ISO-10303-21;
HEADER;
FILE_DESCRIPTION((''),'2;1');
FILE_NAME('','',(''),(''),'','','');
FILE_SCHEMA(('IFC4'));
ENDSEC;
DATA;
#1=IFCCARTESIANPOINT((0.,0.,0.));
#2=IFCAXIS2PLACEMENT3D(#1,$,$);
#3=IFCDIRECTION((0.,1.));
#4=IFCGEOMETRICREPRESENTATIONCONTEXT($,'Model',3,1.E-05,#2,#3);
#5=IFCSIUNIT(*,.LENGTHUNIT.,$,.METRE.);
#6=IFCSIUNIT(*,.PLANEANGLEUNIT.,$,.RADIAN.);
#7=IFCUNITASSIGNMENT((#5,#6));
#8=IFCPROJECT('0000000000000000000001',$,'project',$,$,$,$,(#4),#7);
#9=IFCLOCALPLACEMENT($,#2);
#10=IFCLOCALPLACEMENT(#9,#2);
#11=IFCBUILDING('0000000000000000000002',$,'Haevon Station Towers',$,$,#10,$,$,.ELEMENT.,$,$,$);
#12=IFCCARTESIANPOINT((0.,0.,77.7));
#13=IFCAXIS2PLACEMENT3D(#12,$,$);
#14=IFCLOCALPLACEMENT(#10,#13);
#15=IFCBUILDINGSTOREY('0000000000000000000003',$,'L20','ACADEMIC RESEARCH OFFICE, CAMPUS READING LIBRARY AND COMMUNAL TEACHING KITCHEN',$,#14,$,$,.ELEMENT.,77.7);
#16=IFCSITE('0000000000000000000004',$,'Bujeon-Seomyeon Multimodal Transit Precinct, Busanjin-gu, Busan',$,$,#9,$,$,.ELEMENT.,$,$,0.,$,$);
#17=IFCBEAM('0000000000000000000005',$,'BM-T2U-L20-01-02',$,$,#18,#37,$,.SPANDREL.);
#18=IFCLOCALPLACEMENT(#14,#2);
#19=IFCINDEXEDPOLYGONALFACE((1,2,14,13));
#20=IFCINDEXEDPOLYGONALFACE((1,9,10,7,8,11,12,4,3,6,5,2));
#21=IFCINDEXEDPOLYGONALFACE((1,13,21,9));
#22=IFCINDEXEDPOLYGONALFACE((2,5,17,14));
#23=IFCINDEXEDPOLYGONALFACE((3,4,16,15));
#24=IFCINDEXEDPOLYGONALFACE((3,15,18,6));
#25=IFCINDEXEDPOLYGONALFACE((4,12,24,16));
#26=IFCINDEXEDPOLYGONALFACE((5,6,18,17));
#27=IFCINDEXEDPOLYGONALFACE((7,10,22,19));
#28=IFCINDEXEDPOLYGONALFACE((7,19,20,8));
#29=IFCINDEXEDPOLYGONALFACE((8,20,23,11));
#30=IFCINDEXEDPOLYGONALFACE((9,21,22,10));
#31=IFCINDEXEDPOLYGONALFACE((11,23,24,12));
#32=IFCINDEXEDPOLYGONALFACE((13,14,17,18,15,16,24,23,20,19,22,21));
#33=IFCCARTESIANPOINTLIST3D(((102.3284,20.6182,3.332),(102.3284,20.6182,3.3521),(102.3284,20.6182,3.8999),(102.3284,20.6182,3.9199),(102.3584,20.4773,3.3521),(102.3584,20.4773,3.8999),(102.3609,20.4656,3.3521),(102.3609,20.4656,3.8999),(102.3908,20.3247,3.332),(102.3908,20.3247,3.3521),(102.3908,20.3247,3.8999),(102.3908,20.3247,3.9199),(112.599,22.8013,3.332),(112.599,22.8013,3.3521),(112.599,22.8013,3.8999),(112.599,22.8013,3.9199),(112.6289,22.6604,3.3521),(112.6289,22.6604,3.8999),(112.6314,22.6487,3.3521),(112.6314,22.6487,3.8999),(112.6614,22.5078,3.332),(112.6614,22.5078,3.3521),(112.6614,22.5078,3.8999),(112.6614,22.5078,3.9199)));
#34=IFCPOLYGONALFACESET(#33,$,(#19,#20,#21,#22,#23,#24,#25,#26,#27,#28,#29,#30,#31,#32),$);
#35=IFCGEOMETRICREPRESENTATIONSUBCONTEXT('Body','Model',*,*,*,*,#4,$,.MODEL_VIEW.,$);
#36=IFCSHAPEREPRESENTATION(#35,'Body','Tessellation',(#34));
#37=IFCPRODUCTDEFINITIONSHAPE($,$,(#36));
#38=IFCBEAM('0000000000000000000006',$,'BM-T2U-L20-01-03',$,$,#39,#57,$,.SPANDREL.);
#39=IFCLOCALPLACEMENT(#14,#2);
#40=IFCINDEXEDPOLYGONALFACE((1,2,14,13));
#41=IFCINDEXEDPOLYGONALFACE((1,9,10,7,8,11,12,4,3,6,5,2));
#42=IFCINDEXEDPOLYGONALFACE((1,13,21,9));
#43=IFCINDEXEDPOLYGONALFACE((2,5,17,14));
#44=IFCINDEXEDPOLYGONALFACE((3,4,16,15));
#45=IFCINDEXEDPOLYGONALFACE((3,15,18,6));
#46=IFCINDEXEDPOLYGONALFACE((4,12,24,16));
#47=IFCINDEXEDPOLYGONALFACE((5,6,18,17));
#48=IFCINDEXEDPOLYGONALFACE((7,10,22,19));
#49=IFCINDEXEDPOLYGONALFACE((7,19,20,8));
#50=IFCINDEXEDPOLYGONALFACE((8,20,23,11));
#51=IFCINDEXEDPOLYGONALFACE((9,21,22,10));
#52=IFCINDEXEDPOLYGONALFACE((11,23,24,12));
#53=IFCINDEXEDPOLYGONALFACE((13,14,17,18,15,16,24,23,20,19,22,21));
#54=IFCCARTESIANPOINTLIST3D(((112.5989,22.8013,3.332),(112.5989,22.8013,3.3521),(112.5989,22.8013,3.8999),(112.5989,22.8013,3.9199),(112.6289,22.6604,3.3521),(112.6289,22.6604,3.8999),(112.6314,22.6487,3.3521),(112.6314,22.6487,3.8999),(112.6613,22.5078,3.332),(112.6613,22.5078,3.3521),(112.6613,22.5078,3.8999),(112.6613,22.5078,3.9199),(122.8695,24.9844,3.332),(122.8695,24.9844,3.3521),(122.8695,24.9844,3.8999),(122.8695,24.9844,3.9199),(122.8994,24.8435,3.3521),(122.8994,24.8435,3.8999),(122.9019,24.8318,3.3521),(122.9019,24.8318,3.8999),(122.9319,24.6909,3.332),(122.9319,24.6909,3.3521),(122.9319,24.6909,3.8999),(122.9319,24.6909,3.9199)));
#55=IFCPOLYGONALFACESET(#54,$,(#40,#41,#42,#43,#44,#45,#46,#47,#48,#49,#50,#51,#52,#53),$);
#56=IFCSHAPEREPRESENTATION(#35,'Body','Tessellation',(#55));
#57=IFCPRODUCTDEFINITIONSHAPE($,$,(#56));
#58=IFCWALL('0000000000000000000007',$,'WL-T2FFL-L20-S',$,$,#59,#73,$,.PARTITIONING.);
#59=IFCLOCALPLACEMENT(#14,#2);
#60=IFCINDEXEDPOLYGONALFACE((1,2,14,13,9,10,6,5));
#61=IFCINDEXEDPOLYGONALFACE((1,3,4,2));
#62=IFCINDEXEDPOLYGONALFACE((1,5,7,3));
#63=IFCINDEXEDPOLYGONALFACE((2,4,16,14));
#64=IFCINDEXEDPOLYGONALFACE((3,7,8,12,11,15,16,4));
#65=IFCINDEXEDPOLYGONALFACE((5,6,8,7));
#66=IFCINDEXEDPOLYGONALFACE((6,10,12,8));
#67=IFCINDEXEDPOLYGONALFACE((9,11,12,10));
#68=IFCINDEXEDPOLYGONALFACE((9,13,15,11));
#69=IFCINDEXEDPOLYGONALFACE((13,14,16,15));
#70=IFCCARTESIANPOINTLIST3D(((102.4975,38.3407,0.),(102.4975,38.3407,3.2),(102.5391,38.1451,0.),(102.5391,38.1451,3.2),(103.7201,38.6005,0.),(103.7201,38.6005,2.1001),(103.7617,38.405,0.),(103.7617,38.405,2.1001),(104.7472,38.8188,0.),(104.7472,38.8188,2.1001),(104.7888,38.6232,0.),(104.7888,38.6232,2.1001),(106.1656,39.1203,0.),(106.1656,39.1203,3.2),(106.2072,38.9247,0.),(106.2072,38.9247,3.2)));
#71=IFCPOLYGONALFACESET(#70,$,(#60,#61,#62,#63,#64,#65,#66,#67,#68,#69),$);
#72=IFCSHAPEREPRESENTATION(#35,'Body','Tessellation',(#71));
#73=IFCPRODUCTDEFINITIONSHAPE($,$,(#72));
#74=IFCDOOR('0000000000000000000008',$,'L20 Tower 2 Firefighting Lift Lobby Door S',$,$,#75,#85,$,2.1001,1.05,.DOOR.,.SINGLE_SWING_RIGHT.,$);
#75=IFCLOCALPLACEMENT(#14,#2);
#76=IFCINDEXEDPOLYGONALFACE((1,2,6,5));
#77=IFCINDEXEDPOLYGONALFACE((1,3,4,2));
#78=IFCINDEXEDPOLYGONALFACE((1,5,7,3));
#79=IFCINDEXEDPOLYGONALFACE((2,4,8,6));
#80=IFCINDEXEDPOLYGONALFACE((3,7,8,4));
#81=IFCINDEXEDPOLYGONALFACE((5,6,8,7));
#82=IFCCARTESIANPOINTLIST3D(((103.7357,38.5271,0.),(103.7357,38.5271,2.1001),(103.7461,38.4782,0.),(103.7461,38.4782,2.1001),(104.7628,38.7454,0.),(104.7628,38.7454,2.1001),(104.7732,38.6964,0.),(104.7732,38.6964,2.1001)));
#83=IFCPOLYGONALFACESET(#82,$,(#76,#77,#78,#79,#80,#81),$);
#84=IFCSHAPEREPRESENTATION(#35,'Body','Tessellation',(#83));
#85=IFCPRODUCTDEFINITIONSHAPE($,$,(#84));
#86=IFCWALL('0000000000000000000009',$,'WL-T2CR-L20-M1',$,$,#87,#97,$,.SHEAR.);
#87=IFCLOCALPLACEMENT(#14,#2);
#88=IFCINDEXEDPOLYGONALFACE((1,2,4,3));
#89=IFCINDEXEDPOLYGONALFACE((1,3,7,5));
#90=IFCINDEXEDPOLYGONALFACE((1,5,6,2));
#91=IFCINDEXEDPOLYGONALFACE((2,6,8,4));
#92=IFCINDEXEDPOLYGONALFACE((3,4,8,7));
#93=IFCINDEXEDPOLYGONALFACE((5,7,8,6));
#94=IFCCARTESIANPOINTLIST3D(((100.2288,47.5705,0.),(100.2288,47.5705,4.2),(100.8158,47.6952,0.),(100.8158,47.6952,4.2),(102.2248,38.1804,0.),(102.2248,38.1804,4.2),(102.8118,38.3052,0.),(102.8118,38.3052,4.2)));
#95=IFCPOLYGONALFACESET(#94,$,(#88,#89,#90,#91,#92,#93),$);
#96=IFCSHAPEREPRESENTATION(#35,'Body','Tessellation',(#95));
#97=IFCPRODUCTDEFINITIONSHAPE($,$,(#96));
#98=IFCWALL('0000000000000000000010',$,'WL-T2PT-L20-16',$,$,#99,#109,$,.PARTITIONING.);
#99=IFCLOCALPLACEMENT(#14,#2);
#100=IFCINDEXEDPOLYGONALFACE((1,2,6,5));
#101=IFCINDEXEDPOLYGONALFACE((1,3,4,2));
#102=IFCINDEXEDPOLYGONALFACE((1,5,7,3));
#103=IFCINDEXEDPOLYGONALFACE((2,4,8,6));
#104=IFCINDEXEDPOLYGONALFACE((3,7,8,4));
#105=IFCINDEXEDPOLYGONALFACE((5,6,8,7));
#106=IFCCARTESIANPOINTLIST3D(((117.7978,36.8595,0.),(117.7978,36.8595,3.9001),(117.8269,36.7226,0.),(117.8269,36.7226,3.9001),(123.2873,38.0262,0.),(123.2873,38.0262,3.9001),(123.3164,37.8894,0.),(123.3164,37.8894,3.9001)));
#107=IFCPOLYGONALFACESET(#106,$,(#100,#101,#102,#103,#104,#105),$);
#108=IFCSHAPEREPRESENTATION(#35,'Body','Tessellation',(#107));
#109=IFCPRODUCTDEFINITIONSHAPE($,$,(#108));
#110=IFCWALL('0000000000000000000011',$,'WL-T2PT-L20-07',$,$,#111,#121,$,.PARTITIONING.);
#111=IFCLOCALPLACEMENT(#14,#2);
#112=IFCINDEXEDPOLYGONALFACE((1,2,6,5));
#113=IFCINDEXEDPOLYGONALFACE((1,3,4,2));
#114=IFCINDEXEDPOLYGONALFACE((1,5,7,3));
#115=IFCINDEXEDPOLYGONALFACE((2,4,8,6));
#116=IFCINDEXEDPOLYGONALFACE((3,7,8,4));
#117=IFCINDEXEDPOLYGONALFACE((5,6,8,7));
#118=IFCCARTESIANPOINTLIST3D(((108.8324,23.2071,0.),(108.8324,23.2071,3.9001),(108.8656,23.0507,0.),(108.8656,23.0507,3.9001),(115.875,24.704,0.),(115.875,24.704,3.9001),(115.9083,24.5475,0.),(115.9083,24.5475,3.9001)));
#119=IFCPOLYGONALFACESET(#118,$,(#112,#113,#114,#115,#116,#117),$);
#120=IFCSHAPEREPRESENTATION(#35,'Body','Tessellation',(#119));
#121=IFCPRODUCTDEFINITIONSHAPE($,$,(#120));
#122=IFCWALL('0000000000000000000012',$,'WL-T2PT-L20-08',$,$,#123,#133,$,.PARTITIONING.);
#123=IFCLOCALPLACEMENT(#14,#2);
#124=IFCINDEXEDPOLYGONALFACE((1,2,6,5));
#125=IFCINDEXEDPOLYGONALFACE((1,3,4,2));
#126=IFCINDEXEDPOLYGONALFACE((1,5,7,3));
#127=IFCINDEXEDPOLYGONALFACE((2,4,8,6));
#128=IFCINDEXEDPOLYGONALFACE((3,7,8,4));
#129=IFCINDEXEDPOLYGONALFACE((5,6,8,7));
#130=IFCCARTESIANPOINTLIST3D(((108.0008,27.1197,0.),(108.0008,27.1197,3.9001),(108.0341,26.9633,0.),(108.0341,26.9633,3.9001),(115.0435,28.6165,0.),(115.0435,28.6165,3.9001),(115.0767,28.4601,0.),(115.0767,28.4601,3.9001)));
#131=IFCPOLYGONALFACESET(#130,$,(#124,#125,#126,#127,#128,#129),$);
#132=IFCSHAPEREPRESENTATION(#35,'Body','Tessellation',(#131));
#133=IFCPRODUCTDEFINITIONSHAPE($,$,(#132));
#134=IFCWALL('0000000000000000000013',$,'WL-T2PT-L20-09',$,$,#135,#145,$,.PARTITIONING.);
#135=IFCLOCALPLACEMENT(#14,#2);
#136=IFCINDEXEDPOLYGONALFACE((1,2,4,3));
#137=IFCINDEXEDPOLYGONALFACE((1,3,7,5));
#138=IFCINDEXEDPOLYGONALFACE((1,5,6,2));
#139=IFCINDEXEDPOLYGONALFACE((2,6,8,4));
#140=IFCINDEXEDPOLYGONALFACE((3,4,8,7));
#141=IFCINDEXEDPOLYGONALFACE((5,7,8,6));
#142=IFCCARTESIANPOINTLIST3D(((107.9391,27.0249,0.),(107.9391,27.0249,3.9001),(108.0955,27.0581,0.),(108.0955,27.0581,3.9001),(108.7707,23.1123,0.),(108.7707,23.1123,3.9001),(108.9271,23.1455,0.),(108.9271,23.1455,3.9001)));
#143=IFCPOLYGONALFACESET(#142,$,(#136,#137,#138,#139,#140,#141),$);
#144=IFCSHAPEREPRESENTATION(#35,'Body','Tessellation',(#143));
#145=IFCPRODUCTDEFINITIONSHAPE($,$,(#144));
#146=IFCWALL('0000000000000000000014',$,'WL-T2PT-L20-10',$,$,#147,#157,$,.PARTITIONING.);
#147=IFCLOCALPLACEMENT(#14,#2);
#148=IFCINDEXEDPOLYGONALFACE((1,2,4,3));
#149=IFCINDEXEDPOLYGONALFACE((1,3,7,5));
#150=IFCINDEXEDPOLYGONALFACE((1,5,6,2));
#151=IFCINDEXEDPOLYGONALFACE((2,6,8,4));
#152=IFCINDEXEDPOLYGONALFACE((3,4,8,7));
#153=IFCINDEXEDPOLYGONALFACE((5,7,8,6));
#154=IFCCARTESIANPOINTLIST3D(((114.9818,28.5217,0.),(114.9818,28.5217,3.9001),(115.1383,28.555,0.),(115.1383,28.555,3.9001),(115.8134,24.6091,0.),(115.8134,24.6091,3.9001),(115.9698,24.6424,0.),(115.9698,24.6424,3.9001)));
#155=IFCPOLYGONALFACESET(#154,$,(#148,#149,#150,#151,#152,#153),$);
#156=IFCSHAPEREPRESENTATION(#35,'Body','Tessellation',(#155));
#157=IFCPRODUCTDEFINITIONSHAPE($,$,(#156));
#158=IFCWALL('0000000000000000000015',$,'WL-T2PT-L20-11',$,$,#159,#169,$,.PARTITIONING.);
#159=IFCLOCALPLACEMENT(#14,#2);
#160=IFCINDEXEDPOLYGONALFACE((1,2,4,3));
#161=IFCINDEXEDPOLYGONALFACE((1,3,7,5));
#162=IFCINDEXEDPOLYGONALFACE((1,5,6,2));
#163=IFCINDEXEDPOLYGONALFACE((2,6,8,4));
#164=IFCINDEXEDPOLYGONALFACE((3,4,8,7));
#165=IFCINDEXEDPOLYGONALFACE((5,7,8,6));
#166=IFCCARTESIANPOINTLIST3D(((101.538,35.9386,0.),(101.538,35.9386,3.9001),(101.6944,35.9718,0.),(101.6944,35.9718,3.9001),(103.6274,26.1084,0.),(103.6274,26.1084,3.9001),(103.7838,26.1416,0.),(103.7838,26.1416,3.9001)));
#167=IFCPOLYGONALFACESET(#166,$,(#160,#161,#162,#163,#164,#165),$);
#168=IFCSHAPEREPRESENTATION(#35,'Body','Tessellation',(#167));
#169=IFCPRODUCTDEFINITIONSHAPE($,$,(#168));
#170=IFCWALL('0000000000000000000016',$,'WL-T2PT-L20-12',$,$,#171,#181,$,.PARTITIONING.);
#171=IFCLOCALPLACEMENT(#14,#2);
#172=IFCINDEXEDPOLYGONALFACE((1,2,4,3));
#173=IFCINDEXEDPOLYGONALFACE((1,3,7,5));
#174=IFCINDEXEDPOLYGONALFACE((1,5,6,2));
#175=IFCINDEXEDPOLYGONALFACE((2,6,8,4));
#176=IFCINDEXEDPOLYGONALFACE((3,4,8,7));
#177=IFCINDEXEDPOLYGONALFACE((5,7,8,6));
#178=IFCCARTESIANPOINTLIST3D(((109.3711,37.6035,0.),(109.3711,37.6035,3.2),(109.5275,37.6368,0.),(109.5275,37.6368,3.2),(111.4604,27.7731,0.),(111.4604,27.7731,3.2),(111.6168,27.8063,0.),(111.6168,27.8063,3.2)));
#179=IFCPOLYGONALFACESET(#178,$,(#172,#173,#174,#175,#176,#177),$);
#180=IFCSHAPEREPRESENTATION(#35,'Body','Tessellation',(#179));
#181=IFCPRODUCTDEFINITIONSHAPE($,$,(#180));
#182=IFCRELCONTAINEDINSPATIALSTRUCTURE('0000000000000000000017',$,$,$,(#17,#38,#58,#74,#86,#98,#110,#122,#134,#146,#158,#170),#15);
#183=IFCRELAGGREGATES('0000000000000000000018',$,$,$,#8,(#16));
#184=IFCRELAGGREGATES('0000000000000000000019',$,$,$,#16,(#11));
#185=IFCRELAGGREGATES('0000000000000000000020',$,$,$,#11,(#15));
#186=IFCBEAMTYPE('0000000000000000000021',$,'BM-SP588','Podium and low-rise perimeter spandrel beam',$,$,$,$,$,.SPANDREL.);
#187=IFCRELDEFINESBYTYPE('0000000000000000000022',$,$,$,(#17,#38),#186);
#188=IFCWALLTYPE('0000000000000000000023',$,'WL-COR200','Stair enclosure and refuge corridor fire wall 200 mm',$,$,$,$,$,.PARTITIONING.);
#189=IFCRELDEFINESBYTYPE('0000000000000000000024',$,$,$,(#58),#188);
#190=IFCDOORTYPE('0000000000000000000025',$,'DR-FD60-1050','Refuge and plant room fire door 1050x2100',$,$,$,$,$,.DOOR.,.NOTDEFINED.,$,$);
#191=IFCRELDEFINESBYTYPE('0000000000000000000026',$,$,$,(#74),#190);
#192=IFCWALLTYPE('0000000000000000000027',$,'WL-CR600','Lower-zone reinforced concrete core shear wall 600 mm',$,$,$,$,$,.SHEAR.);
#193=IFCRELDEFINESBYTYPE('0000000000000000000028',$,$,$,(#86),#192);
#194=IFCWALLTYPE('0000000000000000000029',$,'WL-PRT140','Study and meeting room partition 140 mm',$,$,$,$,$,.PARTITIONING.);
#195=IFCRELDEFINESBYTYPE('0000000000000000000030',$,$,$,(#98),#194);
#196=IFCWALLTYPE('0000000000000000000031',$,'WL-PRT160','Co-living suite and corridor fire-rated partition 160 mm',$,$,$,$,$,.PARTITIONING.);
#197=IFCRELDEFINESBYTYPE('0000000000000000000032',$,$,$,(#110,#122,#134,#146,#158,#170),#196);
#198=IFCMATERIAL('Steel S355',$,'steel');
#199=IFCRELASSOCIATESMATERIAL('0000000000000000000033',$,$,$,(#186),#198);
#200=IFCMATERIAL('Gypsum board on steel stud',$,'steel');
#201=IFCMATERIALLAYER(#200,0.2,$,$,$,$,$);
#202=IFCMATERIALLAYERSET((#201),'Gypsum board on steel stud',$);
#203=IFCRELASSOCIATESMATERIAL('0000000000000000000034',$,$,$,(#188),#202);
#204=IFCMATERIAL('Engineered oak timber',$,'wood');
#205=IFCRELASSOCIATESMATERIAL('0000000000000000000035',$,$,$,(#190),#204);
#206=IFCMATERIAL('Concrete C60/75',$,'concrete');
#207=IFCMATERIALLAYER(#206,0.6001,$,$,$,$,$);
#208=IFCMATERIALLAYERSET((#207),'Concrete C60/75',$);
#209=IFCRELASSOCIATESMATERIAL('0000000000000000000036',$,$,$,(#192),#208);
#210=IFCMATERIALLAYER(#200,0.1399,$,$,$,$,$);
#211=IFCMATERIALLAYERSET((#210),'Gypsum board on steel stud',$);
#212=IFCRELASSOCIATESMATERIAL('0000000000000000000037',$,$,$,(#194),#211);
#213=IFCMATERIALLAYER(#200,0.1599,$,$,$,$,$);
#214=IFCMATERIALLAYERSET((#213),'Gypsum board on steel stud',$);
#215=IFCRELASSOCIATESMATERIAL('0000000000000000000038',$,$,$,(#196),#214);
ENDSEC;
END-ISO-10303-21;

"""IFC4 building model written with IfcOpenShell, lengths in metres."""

from ifc_helpers import new_model, si_unit, direction, frame, frame_2d, origin, origin_2d, place, context, subcontext, project, spatial, rectangle, i_section, extrude, material, layer, layer_set, material_profile, profile_set, type_object, element, fill, save


model = new_model("IFC4")

# Units and contexts
model_context = context("Model", 3, precision=1e-05, world=origin(), true_north=direction((0.0, 1.0)))
body_context = subcontext(model_context, "Body", "Model", "MODEL_VIEW")
ifc_project = project(units=[si_unit("LENGTHUNIT", "METRE"), si_unit("PLANEANGLEUNIT", "RADIAN")], contexts=[model_context])

# Site, building, storey
site_placement = place(None, origin())
site = spatial("IfcSite", under=ifc_project, at=site_placement, Name="Bujeon-Seomyeon Multimodal Transit Precinct, Busanjin-gu, Busan", CompositionType="ELEMENT", RefElevation=0.0)
building_placement = place(site_placement, origin())
building = spatial("IfcBuilding", under=site, at=building_placement, Name="Haevon Station Towers", CompositionType="ELEMENT")
storey_placement = place(building_placement, frame((0.0, 0.0, 77.7)))
storey = spatial("IfcBuildingStorey", under=building, at=storey_placement, Name="L20", Description="ACADEMIC RESEARCH OFFICE, CAMPUS READING LIBRARY AND COMMUNAL TEACHING KITCHEN", CompositionType="ELEMENT", Elevation=77.7)

# Beams
ifc_material_1 = material(Name="Steel S355", Category="steel")
ifc_material_profile_1 = material_profile(ifc_material_1, i_section(OverallWidth=0.3, OverallDepth=0.5879, WebThickness=0.012, FlangeThickness=0.02, at=origin_2d()), Name="H-588x300x12x20")
ifc_profile_set_1 = profile_set([ifc_material_profile_1], Name="Steel S355")
beam_type_1 = type_object("IfcBeamType", Name="BM-SP588", Description="Podium and low-rise perimeter spandrel beam", PredefinedType="SPANDREL", material=ifc_profile_set_1)
for number, where, z_axis, x_axis, name in (
    (1, (102.3596, 20.4714, 3.626), (0.978147, 0.207915, 0.0), (-0.207915, 0.978147, 0.0), "BM-T2U-L20-01-02"),
    (2, (112.6301, 22.6545, 3.626), (0.978147, 0.207915, 0.0), (-0.207915, 0.978147, 0.0), "BM-T2U-L20-01-03"),
):
    element("IfcBeam", number, at=place(storey_placement, frame(where, z_axis=z_axis, x_axis=x_axis)), inside=storey, type_object=beam_type_1, Name=name, PredefinedType="SPANDREL", context=body_context, shape_type="SweptSolid", body=[
        extrude(i_section(OverallWidth=0.3, OverallDepth=0.5879, WebThickness=0.012, FlangeThickness=0.02, at=origin_2d()), origin(), (0.0, 0.0, 1.0), 10.5),
    ])

# Wall, opening, door
ifc_material_2 = material(Name="Gypsum board on steel stud", Category="steel")
ifc_layer_1 = layer(ifc_material_2, 0.2)
ifc_layer_set_1 = layer_set([ifc_layer_1], Name="Gypsum board on steel stud")
wall_type_1 = type_object("IfcWallType", Name="WL-COR200", Description="Stair enclosure and refuge corridor fire wall 200 mm", PredefinedType="PARTITIONING", material=ifc_layer_set_1)
wall_1_placement = place(storey_placement, frame((102.5183, 38.2429, 0.0), z_axis=(0.0, 0.0, 1.0), x_axis=(0.978154, 0.207884, 0.0)))
wall_1 = element("IfcWall", 3, at=wall_1_placement, inside=storey, type_object=wall_type_1, Name="WL-T2FFL-L20-S", PredefinedType="PARTITIONING", context=body_context, shape_type="SweptSolid", body=[
    extrude(rectangle(XDim=3.75, YDim=0.2, at=frame_2d((1.875, 0.0))), origin(), (0.0, 0.0, 1.0), 3.2),
])
opening_placement = place(wall_1_placement, frame((1.25, 0.0, 0.0)))
opening = element("IfcOpeningElement", 4, at=opening_placement, cuts=wall_1, PredefinedType="OPENING", context=body_context, shape_type="SweptSolid", body=[
    extrude(rectangle(XDim=1.05, YDim=2.1001, at=frame_2d((0.5249, 1.05))), frame((0.0, 0.1099, 0.0), z_axis=(0.0, -1.0, 0.0), x_axis=(1.0, 0.0, 0.0)), (0.0, 0.0, 1.0), 0.22),
])
ifc_material_3 = material(Name="Engineered oak timber", Category="wood")
door_type = type_object("IfcDoorType", Name="DR-FD60-1050", Description="Refuge and plant room fire door 1050x2100", OperationType="NOTDEFINED", PredefinedType="DOOR", material=ifc_material_3)
door_placement = place(opening_placement, origin())
door = element("IfcDoor", 5, at=door_placement, inside=storey, type_object=door_type, Name="L20 Tower 2 Firefighting Lift Lobby Door S", OperationType="SINGLE_SWING_RIGHT", OverallHeight=2.1001, OverallWidth=1.05, PredefinedType="DOOR", context=body_context, shape_type="SweptSolid", body=[
    extrude(rectangle(XDim=1.05, YDim=2.1001, at=frame_2d((0.5249, 1.05))), frame((0.0, 0.0249, 0.0), z_axis=(0.0, -1.0, 0.0), x_axis=(1.0, 0.0, 0.0)), (0.0, 0.0, 1.0), 0.05),
])
fill(opening, door)

# Walls
ifc_material_4 = material(Name="Concrete C60/75", Category="concrete")
ifc_layer_2 = layer(ifc_material_4, 0.6001)
ifc_layer_set_2 = layer_set([ifc_layer_2], Name="Concrete C60/75")
wall_type_2 = type_object("IfcWallType", Name="WL-CR600", Description="Lower-zone reinforced concrete core shear wall 600 mm", PredefinedType="SHEAR", material=ifc_layer_set_2)
wall_2_placement = place(storey_placement, frame((102.5183, 38.2429, 0.0), z_axis=(0.0, 0.0, 1.0), x_axis=(-0.207927, 0.978144, 0.0)))
element("IfcWall", 6, at=wall_2_placement, inside=storey, type_object=wall_type_2, Name="WL-T2CR-L20-M1", PredefinedType="SHEAR", context=body_context, shape_type="SweptSolid", body=[
    extrude(rectangle(XDim=9.5999, YDim=0.6001, at=frame_2d((4.7998, 0.0))), origin(), (0.0, 0.0, 1.0), 4.2),
])
ifc_layer_3 = layer(ifc_material_2, 0.1399)
ifc_layer_set_3 = layer_set([ifc_layer_3], Name="Gypsum board on steel stud")
wall_type_3 = type_object("IfcWallType", Name="WL-PRT140", Description="Study and meeting room partition 140 mm", PredefinedType="PARTITIONING", material=ifc_layer_set_3)
wall_3_placement = place(storey_placement, frame((117.8123, 36.791, 0.0), z_axis=(0.0, 0.0, 1.0), x_axis=(0.978151, 0.207898, 0.0)))
element("IfcWall", 7, at=wall_3_placement, inside=storey, type_object=wall_type_3, Name="WL-T2PT-L20-16", PredefinedType="PARTITIONING", context=body_context, shape_type="SweptSolid", body=[
    extrude(rectangle(XDim=5.6121, YDim=0.1399, at=frame_2d((2.8062, 0.0))), origin(), (0.0, 0.0, 1.0), 3.9001),
])
ifc_layer_4 = layer(ifc_material_2, 0.1599)
ifc_layer_set_4 = layer_set([ifc_layer_4], Name="Gypsum board on steel stud")
wall_type_4 = type_object("IfcWallType", Name="WL-PRT160", Description="Co-living suite and corridor fire-rated partition 160 mm", PredefinedType="PARTITIONING", material=ifc_layer_set_4)
for number, where, z_axis, x_axis, name in (
    (8, (108.8489, 23.1289, 0.0), (0.0, 0.0, 1.0), (0.978152, 0.207892, 0.0), "WL-T2PT-L20-07"),
    (9, (108.0173, 27.0415, 0.0), (0.0, 0.0, 1.0), (0.978152, 0.207892, 0.0), "WL-T2PT-L20-08"),
):
    element("IfcWall", number, at=place(storey_placement, frame(where, z_axis=z_axis, x_axis=x_axis)), inside=storey, type_object=wall_type_4, Name=name, PredefinedType="PARTITIONING", context=body_context, shape_type="SweptSolid", body=[
        extrude(rectangle(XDim=7.2, YDim=0.1599, at=frame_2d((3.6001, 0.0))), origin(), (0.0, 0.0, 1.0), 3.9001),
    ])
for number, where, z_axis, x_axis, name in (
    (10, (108.8489, 23.1289, 0.0), (0.0, 0.0, 1.0), (-0.207886, 0.978153, 0.0), "WL-T2PT-L20-09"),
    (11, (115.8916, 24.6257, 0.0), (0.0, 0.0, 1.0), (-0.207886, 0.978153, 0.0), "WL-T2PT-L20-10"),
):
    element("IfcWall", number, at=place(storey_placement, frame(where, z_axis=z_axis, x_axis=x_axis)), inside=storey, type_object=wall_type_4, Name=name, PredefinedType="PARTITIONING", context=body_context, shape_type="SweptSolid", body=[
        extrude(rectangle(XDim=4.0, YDim=0.1599, at=frame_2d((2.0, 0.0))), origin(), (0.0, 0.0, 1.0), 3.9001),
    ])
wall_4_placement = place(storey_placement, frame((103.7056, 26.125, 0.0), z_axis=(0.0, 0.0, 1.0), x_axis=(-0.207898, 0.978151, 0.0)))
element("IfcWall", 12, at=wall_4_placement, inside=storey, type_object=wall_type_4, Name="WL-T2PT-L20-11", PredefinedType="PARTITIONING", context=body_context, shape_type="SweptSolid", body=[
    extrude(rectangle(XDim=10.0498, YDim=0.1599, at=frame_2d((5.0249, 0.0))), origin(), (0.0, 0.0, 1.0), 3.9001),
])
wall_5_placement = place(storey_placement, frame((111.5386, 27.7898, 0.0), z_axis=(0.0, 0.0, 1.0), x_axis=(-0.207893, 0.978152, 0.0)))
element("IfcWall", 13, at=wall_5_placement, inside=storey, type_object=wall_type_4, Name="WL-T2PT-L20-12", PredefinedType="PARTITIONING", context=body_context, shape_type="SweptSolid", body=[
    extrude(rectangle(XDim=10.05, YDim=0.1599, at=frame_2d((5.0249, 0.0))), origin(), (0.0, 0.0, 1.0), 3.2),
])

save(model, "model.ifc")
